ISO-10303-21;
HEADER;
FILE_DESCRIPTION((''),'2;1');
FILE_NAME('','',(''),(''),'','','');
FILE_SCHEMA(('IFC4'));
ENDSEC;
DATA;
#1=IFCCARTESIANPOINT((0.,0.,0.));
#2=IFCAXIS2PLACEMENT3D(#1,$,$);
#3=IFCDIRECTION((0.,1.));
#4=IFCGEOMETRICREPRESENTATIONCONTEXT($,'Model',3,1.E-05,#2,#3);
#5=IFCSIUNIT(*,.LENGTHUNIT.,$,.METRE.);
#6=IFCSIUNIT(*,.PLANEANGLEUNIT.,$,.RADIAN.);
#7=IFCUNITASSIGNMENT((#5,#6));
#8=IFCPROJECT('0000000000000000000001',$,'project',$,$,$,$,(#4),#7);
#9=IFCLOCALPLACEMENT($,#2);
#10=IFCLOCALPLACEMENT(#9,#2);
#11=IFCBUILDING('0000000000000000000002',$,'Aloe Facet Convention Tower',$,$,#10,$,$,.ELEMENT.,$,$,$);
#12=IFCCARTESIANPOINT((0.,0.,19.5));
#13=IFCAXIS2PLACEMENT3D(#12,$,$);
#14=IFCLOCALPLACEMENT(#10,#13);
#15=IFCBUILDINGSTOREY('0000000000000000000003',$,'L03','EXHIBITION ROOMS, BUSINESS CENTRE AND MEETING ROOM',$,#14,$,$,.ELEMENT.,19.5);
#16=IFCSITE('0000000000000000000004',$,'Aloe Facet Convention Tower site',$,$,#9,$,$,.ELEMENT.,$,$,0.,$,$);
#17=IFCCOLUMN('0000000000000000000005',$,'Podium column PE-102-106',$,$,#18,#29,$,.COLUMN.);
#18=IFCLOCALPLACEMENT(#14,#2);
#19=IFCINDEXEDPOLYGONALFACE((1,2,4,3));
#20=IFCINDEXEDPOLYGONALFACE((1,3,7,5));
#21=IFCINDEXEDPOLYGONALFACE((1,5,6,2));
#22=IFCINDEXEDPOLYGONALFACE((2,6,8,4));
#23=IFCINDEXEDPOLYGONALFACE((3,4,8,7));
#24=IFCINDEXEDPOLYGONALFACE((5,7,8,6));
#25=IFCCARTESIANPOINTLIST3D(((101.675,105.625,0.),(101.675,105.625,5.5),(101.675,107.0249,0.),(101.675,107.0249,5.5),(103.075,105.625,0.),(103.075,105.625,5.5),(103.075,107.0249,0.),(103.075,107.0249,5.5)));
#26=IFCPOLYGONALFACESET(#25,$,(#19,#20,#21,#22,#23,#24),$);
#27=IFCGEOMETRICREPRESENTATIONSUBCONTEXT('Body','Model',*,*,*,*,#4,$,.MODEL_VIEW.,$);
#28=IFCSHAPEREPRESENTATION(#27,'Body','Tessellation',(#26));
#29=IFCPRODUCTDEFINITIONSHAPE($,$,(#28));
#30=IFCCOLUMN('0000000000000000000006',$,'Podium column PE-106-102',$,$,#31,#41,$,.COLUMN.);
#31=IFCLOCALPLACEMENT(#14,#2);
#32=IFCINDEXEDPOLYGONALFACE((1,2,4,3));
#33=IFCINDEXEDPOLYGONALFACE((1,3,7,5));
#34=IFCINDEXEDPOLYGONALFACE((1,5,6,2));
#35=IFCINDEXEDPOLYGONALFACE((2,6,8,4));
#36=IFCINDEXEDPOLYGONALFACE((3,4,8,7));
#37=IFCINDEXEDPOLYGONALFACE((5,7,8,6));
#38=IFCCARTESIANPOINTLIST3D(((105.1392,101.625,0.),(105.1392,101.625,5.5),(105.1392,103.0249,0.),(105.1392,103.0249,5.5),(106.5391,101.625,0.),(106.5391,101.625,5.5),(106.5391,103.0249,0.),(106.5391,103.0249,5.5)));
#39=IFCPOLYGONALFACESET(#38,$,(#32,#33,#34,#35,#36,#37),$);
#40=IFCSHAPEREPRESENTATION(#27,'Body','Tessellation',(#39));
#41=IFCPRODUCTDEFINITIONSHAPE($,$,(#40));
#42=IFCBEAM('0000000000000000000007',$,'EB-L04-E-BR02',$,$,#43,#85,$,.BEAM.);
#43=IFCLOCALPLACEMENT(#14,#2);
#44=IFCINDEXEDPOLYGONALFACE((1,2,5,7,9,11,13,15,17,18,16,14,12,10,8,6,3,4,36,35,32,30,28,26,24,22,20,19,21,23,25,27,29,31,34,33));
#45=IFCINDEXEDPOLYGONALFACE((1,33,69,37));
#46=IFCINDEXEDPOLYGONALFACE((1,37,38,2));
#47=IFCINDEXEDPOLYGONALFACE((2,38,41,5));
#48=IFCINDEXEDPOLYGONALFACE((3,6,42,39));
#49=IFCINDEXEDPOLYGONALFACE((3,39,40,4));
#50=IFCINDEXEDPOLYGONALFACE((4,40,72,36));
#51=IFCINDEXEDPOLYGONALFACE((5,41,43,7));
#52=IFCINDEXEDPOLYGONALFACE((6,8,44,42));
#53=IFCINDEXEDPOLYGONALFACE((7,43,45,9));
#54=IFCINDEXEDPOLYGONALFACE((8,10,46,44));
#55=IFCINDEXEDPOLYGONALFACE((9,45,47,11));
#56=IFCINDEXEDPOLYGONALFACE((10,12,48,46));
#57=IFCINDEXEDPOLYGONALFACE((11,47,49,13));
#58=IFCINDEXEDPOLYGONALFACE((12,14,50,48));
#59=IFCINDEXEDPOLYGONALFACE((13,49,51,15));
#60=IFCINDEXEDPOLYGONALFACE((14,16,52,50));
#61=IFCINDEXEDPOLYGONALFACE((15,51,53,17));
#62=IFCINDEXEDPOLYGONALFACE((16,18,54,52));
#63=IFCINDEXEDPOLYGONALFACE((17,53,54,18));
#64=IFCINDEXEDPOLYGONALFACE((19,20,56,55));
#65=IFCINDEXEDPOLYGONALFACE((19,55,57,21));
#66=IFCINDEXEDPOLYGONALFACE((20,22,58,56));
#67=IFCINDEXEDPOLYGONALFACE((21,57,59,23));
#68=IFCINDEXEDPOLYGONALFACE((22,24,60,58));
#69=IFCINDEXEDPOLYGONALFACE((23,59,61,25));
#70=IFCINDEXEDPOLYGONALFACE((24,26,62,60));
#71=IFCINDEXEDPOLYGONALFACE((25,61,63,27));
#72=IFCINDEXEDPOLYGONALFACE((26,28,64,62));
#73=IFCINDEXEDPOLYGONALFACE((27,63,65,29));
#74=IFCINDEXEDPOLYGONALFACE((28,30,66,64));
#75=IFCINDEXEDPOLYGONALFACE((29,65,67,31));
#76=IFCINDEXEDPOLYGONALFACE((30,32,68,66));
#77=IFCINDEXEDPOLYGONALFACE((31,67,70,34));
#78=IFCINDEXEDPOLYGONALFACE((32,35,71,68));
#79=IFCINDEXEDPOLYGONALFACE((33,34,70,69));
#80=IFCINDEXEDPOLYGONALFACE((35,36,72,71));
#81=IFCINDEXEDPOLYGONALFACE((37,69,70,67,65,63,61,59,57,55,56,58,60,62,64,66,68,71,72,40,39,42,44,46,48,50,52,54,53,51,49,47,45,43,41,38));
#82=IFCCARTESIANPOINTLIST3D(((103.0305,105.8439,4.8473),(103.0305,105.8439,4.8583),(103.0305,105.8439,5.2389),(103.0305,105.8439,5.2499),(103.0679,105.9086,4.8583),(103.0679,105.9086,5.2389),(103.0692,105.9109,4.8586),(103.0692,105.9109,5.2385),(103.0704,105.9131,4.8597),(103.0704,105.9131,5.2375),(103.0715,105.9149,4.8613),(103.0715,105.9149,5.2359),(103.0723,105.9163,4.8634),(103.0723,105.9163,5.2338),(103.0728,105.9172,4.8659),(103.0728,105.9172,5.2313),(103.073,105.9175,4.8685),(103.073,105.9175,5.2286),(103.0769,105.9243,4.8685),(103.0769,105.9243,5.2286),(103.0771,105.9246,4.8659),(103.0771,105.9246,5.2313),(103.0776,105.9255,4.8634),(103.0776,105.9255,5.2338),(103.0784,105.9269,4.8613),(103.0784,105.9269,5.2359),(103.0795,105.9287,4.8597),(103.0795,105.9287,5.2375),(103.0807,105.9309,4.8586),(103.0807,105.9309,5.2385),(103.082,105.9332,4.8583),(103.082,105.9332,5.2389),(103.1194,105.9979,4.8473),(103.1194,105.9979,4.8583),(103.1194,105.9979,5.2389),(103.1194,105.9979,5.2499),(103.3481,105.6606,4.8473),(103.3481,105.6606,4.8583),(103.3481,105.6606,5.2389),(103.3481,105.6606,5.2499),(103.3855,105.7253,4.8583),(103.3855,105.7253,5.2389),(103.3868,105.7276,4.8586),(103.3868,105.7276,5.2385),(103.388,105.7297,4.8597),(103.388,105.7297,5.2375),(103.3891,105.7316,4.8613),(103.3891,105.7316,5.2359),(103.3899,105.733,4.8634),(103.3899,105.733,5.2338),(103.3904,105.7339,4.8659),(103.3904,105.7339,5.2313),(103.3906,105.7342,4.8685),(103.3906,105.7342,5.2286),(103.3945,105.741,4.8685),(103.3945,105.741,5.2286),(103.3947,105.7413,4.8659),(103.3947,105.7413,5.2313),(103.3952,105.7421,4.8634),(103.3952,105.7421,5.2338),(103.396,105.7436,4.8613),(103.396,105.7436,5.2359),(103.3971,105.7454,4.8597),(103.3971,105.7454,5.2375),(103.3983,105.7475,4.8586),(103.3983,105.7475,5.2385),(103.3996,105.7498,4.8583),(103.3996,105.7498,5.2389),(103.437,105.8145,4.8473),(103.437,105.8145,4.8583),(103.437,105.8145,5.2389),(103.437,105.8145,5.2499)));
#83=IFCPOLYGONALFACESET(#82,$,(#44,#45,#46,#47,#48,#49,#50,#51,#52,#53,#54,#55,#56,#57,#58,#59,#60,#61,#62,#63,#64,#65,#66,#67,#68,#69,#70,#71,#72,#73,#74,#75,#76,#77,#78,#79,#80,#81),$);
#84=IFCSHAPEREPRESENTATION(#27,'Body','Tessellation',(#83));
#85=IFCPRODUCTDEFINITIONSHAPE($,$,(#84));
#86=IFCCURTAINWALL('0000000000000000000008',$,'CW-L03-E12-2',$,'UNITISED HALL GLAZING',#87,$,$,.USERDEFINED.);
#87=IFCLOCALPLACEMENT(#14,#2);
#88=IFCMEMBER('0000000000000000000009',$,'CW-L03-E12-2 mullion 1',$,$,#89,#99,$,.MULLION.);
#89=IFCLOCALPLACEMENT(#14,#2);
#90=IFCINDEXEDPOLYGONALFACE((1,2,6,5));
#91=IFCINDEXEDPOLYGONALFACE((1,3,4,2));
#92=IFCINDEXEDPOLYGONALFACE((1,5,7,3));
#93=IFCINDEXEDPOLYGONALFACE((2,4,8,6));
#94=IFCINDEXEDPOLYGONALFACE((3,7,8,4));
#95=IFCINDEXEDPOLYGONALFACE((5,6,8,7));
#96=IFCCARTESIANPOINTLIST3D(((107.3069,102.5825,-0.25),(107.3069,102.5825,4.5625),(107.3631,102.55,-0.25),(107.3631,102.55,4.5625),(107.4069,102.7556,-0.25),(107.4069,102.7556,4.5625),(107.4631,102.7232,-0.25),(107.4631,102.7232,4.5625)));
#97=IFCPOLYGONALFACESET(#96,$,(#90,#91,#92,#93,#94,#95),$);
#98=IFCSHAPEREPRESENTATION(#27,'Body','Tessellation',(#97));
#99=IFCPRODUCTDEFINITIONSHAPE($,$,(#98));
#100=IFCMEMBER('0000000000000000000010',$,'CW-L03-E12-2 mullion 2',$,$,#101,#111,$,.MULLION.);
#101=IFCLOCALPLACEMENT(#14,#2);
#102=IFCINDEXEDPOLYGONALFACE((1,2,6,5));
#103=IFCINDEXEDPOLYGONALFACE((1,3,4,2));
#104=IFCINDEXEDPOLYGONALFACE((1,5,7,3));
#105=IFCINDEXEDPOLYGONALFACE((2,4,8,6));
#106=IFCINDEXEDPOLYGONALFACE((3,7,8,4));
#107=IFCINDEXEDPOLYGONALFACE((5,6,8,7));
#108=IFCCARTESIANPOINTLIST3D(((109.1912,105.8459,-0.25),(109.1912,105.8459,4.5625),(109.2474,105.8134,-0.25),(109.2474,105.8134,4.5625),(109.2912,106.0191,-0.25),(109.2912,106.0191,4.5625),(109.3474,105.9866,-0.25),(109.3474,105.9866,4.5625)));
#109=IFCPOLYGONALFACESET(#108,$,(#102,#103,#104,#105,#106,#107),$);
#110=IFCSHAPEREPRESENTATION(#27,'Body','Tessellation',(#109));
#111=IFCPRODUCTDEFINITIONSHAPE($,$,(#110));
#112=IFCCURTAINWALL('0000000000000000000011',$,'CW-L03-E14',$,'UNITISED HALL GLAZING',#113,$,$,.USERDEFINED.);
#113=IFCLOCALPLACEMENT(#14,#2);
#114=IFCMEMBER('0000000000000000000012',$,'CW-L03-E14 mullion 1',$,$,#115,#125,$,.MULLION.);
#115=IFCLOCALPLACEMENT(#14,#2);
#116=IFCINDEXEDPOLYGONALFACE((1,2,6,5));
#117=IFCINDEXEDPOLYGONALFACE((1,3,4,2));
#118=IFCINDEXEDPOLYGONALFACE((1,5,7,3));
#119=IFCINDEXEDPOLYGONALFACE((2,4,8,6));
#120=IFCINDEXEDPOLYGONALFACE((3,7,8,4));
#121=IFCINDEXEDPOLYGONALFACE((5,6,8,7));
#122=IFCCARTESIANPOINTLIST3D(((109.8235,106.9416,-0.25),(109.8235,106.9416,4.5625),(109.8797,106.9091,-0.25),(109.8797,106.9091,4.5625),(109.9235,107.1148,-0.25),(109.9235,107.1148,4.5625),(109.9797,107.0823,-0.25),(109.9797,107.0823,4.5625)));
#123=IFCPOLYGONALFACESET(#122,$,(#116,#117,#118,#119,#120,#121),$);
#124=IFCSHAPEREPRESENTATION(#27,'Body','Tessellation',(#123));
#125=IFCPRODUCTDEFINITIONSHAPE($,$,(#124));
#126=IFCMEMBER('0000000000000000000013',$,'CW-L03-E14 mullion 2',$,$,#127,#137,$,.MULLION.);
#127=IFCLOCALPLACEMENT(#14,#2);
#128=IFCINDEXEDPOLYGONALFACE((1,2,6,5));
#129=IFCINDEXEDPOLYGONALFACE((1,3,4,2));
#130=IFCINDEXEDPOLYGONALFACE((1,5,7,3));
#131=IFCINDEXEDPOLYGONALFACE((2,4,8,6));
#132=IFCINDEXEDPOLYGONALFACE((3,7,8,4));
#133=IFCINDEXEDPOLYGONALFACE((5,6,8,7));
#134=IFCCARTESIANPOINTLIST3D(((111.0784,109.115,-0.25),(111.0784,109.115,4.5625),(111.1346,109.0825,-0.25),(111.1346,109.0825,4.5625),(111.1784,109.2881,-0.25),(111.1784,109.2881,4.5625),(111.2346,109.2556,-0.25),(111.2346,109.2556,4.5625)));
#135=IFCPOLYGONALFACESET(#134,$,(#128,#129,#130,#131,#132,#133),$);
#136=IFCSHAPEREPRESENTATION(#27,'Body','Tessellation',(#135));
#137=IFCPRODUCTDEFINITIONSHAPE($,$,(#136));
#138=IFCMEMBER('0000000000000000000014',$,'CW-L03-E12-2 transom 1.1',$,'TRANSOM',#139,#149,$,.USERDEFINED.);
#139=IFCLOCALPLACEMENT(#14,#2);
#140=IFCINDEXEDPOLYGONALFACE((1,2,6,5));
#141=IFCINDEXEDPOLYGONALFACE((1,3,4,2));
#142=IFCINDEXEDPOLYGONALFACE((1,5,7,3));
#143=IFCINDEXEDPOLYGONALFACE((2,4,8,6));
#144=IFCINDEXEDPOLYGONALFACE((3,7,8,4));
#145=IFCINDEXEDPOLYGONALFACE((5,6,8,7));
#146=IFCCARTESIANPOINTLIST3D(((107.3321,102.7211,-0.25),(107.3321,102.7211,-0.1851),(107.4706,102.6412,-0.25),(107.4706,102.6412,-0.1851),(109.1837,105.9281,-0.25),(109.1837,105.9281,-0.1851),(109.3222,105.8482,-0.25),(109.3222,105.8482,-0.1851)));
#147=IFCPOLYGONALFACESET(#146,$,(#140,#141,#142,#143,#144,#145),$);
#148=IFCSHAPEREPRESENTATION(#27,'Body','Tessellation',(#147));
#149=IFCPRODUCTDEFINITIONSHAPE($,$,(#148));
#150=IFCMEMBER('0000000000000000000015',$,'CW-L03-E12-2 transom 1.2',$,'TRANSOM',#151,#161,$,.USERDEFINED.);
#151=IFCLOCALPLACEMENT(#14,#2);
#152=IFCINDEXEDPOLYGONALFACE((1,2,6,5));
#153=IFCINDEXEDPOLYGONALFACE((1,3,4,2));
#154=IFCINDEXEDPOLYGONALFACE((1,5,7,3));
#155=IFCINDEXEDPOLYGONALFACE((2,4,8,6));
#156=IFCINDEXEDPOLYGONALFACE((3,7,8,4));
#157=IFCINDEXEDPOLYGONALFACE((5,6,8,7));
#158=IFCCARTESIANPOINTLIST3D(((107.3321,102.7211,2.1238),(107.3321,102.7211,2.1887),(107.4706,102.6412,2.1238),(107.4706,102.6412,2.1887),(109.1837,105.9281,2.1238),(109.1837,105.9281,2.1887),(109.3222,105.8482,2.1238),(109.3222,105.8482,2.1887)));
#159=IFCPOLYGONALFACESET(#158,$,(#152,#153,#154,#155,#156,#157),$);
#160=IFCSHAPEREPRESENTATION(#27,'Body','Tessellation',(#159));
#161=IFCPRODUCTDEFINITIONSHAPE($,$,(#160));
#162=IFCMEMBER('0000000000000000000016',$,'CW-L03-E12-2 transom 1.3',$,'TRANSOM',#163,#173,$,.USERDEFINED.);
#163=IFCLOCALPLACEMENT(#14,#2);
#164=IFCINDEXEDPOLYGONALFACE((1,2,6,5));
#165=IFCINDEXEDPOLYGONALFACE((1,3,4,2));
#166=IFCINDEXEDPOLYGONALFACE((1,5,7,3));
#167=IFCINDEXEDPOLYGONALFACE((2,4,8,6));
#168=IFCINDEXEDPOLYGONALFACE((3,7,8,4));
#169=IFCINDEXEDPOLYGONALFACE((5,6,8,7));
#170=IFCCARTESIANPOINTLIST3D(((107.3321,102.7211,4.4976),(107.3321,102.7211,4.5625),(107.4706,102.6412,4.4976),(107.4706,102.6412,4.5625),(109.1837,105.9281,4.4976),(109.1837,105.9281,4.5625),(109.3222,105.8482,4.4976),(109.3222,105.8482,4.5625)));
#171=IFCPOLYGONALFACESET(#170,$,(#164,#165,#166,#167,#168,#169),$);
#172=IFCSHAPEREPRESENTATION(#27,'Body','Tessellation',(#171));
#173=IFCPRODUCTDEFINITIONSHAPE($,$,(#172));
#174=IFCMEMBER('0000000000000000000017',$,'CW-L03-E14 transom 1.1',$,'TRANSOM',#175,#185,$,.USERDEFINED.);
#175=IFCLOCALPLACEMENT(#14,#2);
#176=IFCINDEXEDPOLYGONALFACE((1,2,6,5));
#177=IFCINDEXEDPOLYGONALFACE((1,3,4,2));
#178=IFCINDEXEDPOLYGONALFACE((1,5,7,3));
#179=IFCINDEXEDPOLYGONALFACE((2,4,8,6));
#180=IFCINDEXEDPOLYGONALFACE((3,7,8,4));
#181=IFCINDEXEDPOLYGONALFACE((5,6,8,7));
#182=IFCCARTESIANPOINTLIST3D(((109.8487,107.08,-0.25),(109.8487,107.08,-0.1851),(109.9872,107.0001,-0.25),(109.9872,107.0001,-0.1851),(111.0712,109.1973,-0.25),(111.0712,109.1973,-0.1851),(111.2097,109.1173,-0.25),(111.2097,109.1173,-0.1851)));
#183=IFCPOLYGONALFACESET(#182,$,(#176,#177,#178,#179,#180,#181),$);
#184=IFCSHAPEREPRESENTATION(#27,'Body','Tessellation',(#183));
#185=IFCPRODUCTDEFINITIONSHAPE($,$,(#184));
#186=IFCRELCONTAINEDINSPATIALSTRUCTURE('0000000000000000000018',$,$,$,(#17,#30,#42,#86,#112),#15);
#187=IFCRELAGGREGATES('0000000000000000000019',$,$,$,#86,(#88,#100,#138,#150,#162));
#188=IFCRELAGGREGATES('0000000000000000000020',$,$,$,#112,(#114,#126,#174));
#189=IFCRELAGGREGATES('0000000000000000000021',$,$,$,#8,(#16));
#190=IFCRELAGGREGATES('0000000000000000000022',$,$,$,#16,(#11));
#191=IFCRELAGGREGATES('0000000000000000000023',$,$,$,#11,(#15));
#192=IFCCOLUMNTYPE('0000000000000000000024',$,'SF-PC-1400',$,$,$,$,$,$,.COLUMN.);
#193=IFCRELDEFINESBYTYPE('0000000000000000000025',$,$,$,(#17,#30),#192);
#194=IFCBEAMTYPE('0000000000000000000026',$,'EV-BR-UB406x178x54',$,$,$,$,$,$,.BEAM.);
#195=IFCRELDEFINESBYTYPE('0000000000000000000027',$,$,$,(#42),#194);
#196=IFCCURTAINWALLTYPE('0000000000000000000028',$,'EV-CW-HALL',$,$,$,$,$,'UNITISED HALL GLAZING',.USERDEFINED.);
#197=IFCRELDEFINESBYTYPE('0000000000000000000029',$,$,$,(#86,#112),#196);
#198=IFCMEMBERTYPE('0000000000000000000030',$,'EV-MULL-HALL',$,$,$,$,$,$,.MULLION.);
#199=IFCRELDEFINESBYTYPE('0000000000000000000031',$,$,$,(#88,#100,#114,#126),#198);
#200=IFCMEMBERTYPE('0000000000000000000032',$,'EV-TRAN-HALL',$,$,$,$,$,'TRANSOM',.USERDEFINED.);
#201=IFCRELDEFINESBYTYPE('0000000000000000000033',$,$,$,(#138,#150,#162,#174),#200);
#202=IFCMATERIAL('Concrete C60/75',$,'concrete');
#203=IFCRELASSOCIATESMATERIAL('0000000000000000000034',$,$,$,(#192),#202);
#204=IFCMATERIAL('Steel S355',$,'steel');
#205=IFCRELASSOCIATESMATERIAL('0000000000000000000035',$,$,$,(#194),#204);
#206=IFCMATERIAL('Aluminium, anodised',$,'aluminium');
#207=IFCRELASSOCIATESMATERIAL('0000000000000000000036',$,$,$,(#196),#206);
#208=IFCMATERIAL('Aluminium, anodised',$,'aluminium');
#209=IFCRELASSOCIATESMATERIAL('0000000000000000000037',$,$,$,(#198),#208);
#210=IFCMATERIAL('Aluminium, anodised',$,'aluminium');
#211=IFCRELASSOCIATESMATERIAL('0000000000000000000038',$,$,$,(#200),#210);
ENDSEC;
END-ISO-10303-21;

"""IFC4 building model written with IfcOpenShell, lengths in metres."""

from ifc_helpers import new_model, si_unit, direction, frame, origin, origin_2d, place, context, subcontext, project, spatial, rectangle, i_section, extrude, material, material_profile, profile_set, type_object, element, aggregate, save


model = new_model("IFC4")

# Units and contexts
model_context = context("Model", 3, precision=1e-05, world=origin(), true_north=direction((0.0, 1.0)))
body_context = subcontext(model_context, "Body", "Model", "MODEL_VIEW")
ifc_project = project(units=[si_unit("LENGTHUNIT", "METRE"), si_unit("PLANEANGLEUNIT", "RADIAN")], contexts=[model_context])

# Site, building, storey
site_placement = place(None, origin())
site = spatial("IfcSite", under=ifc_project, at=site_placement, Name="Aloe Facet Convention Tower site", CompositionType="ELEMENT", RefElevation=0.0)
building_placement = place(site_placement, origin())
building = spatial("IfcBuilding", under=site, at=building_placement, Name="Aloe Facet Convention Tower", CompositionType="ELEMENT")
storey_placement = place(building_placement, frame((0.0, 0.0, 19.5)))
storey = spatial("IfcBuildingStorey", under=building, at=storey_placement, Name="L03", Description="EXHIBITION ROOMS, BUSINESS CENTRE AND MEETING ROOM", CompositionType="ELEMENT", Elevation=19.5)

# Columns
ifc_material_1 = material(Name="Concrete C60/75", Category="concrete")
ifc_material_profile_1 = material_profile(ifc_material_1, rectangle(XDim=1.3999, YDim=1.3999, at=origin_2d()), Name="SF-PC-1400")
ifc_profile_set_1 = profile_set([ifc_material_profile_1], Name="Concrete C60/75")
column_type = type_object("IfcColumnType", Name="SF-PC-1400", PredefinedType="COLUMN", material=ifc_profile_set_1)
for number, where, z_axis, x_axis, name in (
    (1, (102.375, 106.325, 0.0), (0.0, 0.0, 1.0), (1.0, 0.0, 0.0), "Podium column PE-102-106"),
    (2, (105.8391, 102.325, 0.0), (0.0, 0.0, 1.0), (1.0, 0.0, 0.0), "Podium column PE-106-102"),
):
    element("IfcColumn", number, at=place(storey_placement, frame(where, z_axis=z_axis, x_axis=x_axis)), inside=storey, type_object=column_type, Name=name, PredefinedType="COLUMN", context=body_context, shape_type="SweptSolid", body=[
        extrude(rectangle(XDim=1.3999, YDim=1.3999, at=origin_2d()), origin(), (0.0, 0.0, 1.0), 5.5),
    ])

# Beam
ifc_material_2 = material(Name="Steel S355", Category="steel")
ifc_material_profile_2 = material_profile(ifc_material_2, i_section(OverallWidth=0.1777, OverallDepth=0.4026, WebThickness=0.0078, FlangeThickness=0.011, FilletRadius=0.0103, at=origin_2d()), Name="UB 406x178x54")
ifc_profile_set_2 = profile_set([ifc_material_profile_2], Name="Steel S355")
beam_type_1 = type_object("IfcBeamType", Name="EV-BR-UB406x178x54", PredefinedType="BEAM", material=ifc_profile_set_2)
beam_1_placement = place(storey_placement, frame((103.075, 105.9209, 5.0486), z_axis=(0.866064, -0.499934, 0.0), x_axis=(0.499934, 0.866064, 0.0)))
element("IfcBeam", 3, at=beam_1_placement, inside=storey, type_object=beam_type_1, Name="EB-L04-E-BR02", PredefinedType="BEAM", context=body_context, shape_type="SweptSolid", body=[
    extrude(i_section(OverallWidth=0.1777, OverallDepth=0.4026, WebThickness=0.0078, FlangeThickness=0.011, FilletRadius=0.0103, at=origin_2d()), origin(), (0.0, 0.0, 1.0), 0.3667),
])

# Curtain walls, members
ifc_material_3 = material(Name="Aluminium, anodised", Category="aluminium")
curtain_wall_type = type_object("IfcCurtainWallType", Name="EV-CW-HALL", ElementType="UNITISED HALL GLAZING", PredefinedType="USERDEFINED", material=ifc_material_3)
curtain_wall_1_placement = place(storey_placement, origin())
curtain_wall_1 = element("IfcCurtainWall", 4, at=curtain_wall_1_placement, inside=storey, type_object=curtain_wall_type, Name="CW-L03-E12-2", ObjectType="UNITISED HALL GLAZING", PredefinedType="USERDEFINED")
ifc_material_4 = material(Name="Aluminium, anodised", Category="aluminium")
ifc_material_profile_3 = material_profile(ifc_material_4, rectangle(XDim=0.0649, YDim=0.2, at=origin_2d()), Name="AL 65x200")
ifc_profile_set_3 = profile_set([ifc_material_profile_3], Name="Aluminium, anodised")
member_type_1 = type_object("IfcMemberType", Name="EV-MULL-HALL", PredefinedType="MULLION", material=ifc_profile_set_3)
member_1_placement = place(storey_placement, frame((107.385, 102.6528, -0.25), z_axis=(0.0, 0.0, 1.0), x_axis=(-0.866025, 0.5, 0.0)))
member_1 = element("IfcMember", 5, at=member_1_placement, type_object=member_type_1, Name="CW-L03-E12-2 mullion 1", PredefinedType="MULLION", context=body_context, shape_type="SweptSolid", body=[
    extrude(rectangle(XDim=0.0649, YDim=0.2, at=origin_2d()), origin(), (0.0, 0.0, 1.0), 4.8125),
])
member_2_placement = place(storey_placement, frame((109.2693, 105.9163, -0.25), z_axis=(0.0, 0.0, 1.0), x_axis=(-0.866025, 0.5, 0.0)))
member_2 = element("IfcMember", 6, at=member_2_placement, type_object=member_type_1, Name="CW-L03-E12-2 mullion 2", PredefinedType="MULLION", context=body_context, shape_type="SweptSolid", body=[
    extrude(rectangle(XDim=0.0649, YDim=0.2, at=origin_2d()), origin(), (0.0, 0.0, 1.0), 4.8125),
])
curtain_wall_2_placement = place(storey_placement, origin())
curtain_wall_2 = element("IfcCurtainWall", 7, at=curtain_wall_2_placement, inside=storey, type_object=curtain_wall_type, Name="CW-L03-E14", ObjectType="UNITISED HALL GLAZING", PredefinedType="USERDEFINED")
member_3_placement = place(storey_placement, frame((109.9016, 107.012, -0.25), z_axis=(0.0, 0.0, 1.0), x_axis=(-0.866025, 0.5, 0.0)))
member_3 = element("IfcMember", 8, at=member_3_placement, type_object=member_type_1, Name="CW-L03-E14 mullion 1", PredefinedType="MULLION", context=body_context, shape_type="SweptSolid", body=[
    extrude(rectangle(XDim=0.0649, YDim=0.2, at=origin_2d()), origin(), (0.0, 0.0, 1.0), 4.8125),
])
member_4_placement = place(storey_placement, frame((111.1565, 109.1853, -0.25), z_axis=(0.0, 0.0, 1.0), x_axis=(-0.866025, 0.5, 0.0)))
member_4 = element("IfcMember", 9, at=member_4_placement, type_object=member_type_1, Name="CW-L03-E14 mullion 2", PredefinedType="MULLION", context=body_context, shape_type="SweptSolid", body=[
    extrude(rectangle(XDim=0.0649, YDim=0.2, at=origin_2d()), origin(), (0.0, 0.0, 1.0), 4.8125),
])

# Members
ifc_material_5 = material(Name="Aluminium, anodised", Category="aluminium")
ifc_material_profile_4 = material_profile(ifc_material_5, rectangle(XDim=0.1599, YDim=0.0649, at=origin_2d()), Name="AL 160x65")
ifc_profile_set_4 = profile_set([ifc_material_profile_4], Name="Aluminium, anodised")
member_type_2 = type_object("IfcMemberType", Name="EV-TRAN-HALL", ElementType="TRANSOM", PredefinedType="USERDEFINED", material=ifc_profile_set_4)
member_5_placement = place(storey_placement, frame((107.4014, 102.6812, -0.2175), z_axis=(0.499996, 0.866027, 0.0), x_axis=(-0.866027, 0.499996, 0.0)))
member_5 = element("IfcMember", 10, at=member_5_placement, type_object=member_type_2, Name="CW-L03-E12-2 transom 1.1", ObjectType="TRANSOM", PredefinedType="USERDEFINED", context=body_context, shape_type="SweptSolid", body=[
    extrude(rectangle(XDim=0.1599, YDim=0.0649, at=origin_2d()), origin(), (0.0, 0.0, 1.0), 3.7031),
])
member_6_placement = place(storey_placement, frame((107.4014, 102.6812, 2.1562), z_axis=(0.499996, 0.866027, 0.0), x_axis=(-0.866027, 0.499996, 0.0)))
member_6 = element("IfcMember", 11, at=member_6_placement, type_object=member_type_2, Name="CW-L03-E12-2 transom 1.2", ObjectType="TRANSOM", PredefinedType="USERDEFINED", context=body_context, shape_type="SweptSolid", body=[
    extrude(rectangle(XDim=0.1599, YDim=0.0649, at=origin_2d()), origin(), (0.0, 0.0, 1.0), 3.7031),
])
member_7_placement = place(storey_placement, frame((107.4014, 102.6812, 4.53), z_axis=(0.499996, 0.866027, 0.0), x_axis=(-0.866027, 0.499996, 0.0)))
member_7 = element("IfcMember", 12, at=member_7_placement, type_object=member_type_2, Name="CW-L03-E12-2 transom 1.3", ObjectType="TRANSOM", PredefinedType="USERDEFINED", context=body_context, shape_type="SweptSolid", body=[
    extrude(rectangle(XDim=0.1599, YDim=0.0649, at=origin_2d()), origin(), (0.0, 0.0, 1.0), 3.7031),
])
member_8_placement = place(storey_placement, frame((109.918, 107.04, -0.2175), z_axis=(0.500016, 0.866016, 0.0), x_axis=(-0.866016, 0.500016, 0.0)))
member_8 = element("IfcMember", 13, at=member_8_placement, type_object=member_type_2, Name="CW-L03-E14 transom 1.1", ObjectType="TRANSOM", PredefinedType="USERDEFINED", context=body_context, shape_type="SweptSolid", body=[
    extrude(rectangle(XDim=0.1599, YDim=0.0649, at=origin_2d()), origin(), (0.0, 0.0, 1.0), 2.4448),
])

aggregate(curtain_wall_1, [member_1, member_2, member_5, member_6, member_7])
aggregate(curtain_wall_2, [member_3, member_4, member_8])

save(model, "model.ifc")
